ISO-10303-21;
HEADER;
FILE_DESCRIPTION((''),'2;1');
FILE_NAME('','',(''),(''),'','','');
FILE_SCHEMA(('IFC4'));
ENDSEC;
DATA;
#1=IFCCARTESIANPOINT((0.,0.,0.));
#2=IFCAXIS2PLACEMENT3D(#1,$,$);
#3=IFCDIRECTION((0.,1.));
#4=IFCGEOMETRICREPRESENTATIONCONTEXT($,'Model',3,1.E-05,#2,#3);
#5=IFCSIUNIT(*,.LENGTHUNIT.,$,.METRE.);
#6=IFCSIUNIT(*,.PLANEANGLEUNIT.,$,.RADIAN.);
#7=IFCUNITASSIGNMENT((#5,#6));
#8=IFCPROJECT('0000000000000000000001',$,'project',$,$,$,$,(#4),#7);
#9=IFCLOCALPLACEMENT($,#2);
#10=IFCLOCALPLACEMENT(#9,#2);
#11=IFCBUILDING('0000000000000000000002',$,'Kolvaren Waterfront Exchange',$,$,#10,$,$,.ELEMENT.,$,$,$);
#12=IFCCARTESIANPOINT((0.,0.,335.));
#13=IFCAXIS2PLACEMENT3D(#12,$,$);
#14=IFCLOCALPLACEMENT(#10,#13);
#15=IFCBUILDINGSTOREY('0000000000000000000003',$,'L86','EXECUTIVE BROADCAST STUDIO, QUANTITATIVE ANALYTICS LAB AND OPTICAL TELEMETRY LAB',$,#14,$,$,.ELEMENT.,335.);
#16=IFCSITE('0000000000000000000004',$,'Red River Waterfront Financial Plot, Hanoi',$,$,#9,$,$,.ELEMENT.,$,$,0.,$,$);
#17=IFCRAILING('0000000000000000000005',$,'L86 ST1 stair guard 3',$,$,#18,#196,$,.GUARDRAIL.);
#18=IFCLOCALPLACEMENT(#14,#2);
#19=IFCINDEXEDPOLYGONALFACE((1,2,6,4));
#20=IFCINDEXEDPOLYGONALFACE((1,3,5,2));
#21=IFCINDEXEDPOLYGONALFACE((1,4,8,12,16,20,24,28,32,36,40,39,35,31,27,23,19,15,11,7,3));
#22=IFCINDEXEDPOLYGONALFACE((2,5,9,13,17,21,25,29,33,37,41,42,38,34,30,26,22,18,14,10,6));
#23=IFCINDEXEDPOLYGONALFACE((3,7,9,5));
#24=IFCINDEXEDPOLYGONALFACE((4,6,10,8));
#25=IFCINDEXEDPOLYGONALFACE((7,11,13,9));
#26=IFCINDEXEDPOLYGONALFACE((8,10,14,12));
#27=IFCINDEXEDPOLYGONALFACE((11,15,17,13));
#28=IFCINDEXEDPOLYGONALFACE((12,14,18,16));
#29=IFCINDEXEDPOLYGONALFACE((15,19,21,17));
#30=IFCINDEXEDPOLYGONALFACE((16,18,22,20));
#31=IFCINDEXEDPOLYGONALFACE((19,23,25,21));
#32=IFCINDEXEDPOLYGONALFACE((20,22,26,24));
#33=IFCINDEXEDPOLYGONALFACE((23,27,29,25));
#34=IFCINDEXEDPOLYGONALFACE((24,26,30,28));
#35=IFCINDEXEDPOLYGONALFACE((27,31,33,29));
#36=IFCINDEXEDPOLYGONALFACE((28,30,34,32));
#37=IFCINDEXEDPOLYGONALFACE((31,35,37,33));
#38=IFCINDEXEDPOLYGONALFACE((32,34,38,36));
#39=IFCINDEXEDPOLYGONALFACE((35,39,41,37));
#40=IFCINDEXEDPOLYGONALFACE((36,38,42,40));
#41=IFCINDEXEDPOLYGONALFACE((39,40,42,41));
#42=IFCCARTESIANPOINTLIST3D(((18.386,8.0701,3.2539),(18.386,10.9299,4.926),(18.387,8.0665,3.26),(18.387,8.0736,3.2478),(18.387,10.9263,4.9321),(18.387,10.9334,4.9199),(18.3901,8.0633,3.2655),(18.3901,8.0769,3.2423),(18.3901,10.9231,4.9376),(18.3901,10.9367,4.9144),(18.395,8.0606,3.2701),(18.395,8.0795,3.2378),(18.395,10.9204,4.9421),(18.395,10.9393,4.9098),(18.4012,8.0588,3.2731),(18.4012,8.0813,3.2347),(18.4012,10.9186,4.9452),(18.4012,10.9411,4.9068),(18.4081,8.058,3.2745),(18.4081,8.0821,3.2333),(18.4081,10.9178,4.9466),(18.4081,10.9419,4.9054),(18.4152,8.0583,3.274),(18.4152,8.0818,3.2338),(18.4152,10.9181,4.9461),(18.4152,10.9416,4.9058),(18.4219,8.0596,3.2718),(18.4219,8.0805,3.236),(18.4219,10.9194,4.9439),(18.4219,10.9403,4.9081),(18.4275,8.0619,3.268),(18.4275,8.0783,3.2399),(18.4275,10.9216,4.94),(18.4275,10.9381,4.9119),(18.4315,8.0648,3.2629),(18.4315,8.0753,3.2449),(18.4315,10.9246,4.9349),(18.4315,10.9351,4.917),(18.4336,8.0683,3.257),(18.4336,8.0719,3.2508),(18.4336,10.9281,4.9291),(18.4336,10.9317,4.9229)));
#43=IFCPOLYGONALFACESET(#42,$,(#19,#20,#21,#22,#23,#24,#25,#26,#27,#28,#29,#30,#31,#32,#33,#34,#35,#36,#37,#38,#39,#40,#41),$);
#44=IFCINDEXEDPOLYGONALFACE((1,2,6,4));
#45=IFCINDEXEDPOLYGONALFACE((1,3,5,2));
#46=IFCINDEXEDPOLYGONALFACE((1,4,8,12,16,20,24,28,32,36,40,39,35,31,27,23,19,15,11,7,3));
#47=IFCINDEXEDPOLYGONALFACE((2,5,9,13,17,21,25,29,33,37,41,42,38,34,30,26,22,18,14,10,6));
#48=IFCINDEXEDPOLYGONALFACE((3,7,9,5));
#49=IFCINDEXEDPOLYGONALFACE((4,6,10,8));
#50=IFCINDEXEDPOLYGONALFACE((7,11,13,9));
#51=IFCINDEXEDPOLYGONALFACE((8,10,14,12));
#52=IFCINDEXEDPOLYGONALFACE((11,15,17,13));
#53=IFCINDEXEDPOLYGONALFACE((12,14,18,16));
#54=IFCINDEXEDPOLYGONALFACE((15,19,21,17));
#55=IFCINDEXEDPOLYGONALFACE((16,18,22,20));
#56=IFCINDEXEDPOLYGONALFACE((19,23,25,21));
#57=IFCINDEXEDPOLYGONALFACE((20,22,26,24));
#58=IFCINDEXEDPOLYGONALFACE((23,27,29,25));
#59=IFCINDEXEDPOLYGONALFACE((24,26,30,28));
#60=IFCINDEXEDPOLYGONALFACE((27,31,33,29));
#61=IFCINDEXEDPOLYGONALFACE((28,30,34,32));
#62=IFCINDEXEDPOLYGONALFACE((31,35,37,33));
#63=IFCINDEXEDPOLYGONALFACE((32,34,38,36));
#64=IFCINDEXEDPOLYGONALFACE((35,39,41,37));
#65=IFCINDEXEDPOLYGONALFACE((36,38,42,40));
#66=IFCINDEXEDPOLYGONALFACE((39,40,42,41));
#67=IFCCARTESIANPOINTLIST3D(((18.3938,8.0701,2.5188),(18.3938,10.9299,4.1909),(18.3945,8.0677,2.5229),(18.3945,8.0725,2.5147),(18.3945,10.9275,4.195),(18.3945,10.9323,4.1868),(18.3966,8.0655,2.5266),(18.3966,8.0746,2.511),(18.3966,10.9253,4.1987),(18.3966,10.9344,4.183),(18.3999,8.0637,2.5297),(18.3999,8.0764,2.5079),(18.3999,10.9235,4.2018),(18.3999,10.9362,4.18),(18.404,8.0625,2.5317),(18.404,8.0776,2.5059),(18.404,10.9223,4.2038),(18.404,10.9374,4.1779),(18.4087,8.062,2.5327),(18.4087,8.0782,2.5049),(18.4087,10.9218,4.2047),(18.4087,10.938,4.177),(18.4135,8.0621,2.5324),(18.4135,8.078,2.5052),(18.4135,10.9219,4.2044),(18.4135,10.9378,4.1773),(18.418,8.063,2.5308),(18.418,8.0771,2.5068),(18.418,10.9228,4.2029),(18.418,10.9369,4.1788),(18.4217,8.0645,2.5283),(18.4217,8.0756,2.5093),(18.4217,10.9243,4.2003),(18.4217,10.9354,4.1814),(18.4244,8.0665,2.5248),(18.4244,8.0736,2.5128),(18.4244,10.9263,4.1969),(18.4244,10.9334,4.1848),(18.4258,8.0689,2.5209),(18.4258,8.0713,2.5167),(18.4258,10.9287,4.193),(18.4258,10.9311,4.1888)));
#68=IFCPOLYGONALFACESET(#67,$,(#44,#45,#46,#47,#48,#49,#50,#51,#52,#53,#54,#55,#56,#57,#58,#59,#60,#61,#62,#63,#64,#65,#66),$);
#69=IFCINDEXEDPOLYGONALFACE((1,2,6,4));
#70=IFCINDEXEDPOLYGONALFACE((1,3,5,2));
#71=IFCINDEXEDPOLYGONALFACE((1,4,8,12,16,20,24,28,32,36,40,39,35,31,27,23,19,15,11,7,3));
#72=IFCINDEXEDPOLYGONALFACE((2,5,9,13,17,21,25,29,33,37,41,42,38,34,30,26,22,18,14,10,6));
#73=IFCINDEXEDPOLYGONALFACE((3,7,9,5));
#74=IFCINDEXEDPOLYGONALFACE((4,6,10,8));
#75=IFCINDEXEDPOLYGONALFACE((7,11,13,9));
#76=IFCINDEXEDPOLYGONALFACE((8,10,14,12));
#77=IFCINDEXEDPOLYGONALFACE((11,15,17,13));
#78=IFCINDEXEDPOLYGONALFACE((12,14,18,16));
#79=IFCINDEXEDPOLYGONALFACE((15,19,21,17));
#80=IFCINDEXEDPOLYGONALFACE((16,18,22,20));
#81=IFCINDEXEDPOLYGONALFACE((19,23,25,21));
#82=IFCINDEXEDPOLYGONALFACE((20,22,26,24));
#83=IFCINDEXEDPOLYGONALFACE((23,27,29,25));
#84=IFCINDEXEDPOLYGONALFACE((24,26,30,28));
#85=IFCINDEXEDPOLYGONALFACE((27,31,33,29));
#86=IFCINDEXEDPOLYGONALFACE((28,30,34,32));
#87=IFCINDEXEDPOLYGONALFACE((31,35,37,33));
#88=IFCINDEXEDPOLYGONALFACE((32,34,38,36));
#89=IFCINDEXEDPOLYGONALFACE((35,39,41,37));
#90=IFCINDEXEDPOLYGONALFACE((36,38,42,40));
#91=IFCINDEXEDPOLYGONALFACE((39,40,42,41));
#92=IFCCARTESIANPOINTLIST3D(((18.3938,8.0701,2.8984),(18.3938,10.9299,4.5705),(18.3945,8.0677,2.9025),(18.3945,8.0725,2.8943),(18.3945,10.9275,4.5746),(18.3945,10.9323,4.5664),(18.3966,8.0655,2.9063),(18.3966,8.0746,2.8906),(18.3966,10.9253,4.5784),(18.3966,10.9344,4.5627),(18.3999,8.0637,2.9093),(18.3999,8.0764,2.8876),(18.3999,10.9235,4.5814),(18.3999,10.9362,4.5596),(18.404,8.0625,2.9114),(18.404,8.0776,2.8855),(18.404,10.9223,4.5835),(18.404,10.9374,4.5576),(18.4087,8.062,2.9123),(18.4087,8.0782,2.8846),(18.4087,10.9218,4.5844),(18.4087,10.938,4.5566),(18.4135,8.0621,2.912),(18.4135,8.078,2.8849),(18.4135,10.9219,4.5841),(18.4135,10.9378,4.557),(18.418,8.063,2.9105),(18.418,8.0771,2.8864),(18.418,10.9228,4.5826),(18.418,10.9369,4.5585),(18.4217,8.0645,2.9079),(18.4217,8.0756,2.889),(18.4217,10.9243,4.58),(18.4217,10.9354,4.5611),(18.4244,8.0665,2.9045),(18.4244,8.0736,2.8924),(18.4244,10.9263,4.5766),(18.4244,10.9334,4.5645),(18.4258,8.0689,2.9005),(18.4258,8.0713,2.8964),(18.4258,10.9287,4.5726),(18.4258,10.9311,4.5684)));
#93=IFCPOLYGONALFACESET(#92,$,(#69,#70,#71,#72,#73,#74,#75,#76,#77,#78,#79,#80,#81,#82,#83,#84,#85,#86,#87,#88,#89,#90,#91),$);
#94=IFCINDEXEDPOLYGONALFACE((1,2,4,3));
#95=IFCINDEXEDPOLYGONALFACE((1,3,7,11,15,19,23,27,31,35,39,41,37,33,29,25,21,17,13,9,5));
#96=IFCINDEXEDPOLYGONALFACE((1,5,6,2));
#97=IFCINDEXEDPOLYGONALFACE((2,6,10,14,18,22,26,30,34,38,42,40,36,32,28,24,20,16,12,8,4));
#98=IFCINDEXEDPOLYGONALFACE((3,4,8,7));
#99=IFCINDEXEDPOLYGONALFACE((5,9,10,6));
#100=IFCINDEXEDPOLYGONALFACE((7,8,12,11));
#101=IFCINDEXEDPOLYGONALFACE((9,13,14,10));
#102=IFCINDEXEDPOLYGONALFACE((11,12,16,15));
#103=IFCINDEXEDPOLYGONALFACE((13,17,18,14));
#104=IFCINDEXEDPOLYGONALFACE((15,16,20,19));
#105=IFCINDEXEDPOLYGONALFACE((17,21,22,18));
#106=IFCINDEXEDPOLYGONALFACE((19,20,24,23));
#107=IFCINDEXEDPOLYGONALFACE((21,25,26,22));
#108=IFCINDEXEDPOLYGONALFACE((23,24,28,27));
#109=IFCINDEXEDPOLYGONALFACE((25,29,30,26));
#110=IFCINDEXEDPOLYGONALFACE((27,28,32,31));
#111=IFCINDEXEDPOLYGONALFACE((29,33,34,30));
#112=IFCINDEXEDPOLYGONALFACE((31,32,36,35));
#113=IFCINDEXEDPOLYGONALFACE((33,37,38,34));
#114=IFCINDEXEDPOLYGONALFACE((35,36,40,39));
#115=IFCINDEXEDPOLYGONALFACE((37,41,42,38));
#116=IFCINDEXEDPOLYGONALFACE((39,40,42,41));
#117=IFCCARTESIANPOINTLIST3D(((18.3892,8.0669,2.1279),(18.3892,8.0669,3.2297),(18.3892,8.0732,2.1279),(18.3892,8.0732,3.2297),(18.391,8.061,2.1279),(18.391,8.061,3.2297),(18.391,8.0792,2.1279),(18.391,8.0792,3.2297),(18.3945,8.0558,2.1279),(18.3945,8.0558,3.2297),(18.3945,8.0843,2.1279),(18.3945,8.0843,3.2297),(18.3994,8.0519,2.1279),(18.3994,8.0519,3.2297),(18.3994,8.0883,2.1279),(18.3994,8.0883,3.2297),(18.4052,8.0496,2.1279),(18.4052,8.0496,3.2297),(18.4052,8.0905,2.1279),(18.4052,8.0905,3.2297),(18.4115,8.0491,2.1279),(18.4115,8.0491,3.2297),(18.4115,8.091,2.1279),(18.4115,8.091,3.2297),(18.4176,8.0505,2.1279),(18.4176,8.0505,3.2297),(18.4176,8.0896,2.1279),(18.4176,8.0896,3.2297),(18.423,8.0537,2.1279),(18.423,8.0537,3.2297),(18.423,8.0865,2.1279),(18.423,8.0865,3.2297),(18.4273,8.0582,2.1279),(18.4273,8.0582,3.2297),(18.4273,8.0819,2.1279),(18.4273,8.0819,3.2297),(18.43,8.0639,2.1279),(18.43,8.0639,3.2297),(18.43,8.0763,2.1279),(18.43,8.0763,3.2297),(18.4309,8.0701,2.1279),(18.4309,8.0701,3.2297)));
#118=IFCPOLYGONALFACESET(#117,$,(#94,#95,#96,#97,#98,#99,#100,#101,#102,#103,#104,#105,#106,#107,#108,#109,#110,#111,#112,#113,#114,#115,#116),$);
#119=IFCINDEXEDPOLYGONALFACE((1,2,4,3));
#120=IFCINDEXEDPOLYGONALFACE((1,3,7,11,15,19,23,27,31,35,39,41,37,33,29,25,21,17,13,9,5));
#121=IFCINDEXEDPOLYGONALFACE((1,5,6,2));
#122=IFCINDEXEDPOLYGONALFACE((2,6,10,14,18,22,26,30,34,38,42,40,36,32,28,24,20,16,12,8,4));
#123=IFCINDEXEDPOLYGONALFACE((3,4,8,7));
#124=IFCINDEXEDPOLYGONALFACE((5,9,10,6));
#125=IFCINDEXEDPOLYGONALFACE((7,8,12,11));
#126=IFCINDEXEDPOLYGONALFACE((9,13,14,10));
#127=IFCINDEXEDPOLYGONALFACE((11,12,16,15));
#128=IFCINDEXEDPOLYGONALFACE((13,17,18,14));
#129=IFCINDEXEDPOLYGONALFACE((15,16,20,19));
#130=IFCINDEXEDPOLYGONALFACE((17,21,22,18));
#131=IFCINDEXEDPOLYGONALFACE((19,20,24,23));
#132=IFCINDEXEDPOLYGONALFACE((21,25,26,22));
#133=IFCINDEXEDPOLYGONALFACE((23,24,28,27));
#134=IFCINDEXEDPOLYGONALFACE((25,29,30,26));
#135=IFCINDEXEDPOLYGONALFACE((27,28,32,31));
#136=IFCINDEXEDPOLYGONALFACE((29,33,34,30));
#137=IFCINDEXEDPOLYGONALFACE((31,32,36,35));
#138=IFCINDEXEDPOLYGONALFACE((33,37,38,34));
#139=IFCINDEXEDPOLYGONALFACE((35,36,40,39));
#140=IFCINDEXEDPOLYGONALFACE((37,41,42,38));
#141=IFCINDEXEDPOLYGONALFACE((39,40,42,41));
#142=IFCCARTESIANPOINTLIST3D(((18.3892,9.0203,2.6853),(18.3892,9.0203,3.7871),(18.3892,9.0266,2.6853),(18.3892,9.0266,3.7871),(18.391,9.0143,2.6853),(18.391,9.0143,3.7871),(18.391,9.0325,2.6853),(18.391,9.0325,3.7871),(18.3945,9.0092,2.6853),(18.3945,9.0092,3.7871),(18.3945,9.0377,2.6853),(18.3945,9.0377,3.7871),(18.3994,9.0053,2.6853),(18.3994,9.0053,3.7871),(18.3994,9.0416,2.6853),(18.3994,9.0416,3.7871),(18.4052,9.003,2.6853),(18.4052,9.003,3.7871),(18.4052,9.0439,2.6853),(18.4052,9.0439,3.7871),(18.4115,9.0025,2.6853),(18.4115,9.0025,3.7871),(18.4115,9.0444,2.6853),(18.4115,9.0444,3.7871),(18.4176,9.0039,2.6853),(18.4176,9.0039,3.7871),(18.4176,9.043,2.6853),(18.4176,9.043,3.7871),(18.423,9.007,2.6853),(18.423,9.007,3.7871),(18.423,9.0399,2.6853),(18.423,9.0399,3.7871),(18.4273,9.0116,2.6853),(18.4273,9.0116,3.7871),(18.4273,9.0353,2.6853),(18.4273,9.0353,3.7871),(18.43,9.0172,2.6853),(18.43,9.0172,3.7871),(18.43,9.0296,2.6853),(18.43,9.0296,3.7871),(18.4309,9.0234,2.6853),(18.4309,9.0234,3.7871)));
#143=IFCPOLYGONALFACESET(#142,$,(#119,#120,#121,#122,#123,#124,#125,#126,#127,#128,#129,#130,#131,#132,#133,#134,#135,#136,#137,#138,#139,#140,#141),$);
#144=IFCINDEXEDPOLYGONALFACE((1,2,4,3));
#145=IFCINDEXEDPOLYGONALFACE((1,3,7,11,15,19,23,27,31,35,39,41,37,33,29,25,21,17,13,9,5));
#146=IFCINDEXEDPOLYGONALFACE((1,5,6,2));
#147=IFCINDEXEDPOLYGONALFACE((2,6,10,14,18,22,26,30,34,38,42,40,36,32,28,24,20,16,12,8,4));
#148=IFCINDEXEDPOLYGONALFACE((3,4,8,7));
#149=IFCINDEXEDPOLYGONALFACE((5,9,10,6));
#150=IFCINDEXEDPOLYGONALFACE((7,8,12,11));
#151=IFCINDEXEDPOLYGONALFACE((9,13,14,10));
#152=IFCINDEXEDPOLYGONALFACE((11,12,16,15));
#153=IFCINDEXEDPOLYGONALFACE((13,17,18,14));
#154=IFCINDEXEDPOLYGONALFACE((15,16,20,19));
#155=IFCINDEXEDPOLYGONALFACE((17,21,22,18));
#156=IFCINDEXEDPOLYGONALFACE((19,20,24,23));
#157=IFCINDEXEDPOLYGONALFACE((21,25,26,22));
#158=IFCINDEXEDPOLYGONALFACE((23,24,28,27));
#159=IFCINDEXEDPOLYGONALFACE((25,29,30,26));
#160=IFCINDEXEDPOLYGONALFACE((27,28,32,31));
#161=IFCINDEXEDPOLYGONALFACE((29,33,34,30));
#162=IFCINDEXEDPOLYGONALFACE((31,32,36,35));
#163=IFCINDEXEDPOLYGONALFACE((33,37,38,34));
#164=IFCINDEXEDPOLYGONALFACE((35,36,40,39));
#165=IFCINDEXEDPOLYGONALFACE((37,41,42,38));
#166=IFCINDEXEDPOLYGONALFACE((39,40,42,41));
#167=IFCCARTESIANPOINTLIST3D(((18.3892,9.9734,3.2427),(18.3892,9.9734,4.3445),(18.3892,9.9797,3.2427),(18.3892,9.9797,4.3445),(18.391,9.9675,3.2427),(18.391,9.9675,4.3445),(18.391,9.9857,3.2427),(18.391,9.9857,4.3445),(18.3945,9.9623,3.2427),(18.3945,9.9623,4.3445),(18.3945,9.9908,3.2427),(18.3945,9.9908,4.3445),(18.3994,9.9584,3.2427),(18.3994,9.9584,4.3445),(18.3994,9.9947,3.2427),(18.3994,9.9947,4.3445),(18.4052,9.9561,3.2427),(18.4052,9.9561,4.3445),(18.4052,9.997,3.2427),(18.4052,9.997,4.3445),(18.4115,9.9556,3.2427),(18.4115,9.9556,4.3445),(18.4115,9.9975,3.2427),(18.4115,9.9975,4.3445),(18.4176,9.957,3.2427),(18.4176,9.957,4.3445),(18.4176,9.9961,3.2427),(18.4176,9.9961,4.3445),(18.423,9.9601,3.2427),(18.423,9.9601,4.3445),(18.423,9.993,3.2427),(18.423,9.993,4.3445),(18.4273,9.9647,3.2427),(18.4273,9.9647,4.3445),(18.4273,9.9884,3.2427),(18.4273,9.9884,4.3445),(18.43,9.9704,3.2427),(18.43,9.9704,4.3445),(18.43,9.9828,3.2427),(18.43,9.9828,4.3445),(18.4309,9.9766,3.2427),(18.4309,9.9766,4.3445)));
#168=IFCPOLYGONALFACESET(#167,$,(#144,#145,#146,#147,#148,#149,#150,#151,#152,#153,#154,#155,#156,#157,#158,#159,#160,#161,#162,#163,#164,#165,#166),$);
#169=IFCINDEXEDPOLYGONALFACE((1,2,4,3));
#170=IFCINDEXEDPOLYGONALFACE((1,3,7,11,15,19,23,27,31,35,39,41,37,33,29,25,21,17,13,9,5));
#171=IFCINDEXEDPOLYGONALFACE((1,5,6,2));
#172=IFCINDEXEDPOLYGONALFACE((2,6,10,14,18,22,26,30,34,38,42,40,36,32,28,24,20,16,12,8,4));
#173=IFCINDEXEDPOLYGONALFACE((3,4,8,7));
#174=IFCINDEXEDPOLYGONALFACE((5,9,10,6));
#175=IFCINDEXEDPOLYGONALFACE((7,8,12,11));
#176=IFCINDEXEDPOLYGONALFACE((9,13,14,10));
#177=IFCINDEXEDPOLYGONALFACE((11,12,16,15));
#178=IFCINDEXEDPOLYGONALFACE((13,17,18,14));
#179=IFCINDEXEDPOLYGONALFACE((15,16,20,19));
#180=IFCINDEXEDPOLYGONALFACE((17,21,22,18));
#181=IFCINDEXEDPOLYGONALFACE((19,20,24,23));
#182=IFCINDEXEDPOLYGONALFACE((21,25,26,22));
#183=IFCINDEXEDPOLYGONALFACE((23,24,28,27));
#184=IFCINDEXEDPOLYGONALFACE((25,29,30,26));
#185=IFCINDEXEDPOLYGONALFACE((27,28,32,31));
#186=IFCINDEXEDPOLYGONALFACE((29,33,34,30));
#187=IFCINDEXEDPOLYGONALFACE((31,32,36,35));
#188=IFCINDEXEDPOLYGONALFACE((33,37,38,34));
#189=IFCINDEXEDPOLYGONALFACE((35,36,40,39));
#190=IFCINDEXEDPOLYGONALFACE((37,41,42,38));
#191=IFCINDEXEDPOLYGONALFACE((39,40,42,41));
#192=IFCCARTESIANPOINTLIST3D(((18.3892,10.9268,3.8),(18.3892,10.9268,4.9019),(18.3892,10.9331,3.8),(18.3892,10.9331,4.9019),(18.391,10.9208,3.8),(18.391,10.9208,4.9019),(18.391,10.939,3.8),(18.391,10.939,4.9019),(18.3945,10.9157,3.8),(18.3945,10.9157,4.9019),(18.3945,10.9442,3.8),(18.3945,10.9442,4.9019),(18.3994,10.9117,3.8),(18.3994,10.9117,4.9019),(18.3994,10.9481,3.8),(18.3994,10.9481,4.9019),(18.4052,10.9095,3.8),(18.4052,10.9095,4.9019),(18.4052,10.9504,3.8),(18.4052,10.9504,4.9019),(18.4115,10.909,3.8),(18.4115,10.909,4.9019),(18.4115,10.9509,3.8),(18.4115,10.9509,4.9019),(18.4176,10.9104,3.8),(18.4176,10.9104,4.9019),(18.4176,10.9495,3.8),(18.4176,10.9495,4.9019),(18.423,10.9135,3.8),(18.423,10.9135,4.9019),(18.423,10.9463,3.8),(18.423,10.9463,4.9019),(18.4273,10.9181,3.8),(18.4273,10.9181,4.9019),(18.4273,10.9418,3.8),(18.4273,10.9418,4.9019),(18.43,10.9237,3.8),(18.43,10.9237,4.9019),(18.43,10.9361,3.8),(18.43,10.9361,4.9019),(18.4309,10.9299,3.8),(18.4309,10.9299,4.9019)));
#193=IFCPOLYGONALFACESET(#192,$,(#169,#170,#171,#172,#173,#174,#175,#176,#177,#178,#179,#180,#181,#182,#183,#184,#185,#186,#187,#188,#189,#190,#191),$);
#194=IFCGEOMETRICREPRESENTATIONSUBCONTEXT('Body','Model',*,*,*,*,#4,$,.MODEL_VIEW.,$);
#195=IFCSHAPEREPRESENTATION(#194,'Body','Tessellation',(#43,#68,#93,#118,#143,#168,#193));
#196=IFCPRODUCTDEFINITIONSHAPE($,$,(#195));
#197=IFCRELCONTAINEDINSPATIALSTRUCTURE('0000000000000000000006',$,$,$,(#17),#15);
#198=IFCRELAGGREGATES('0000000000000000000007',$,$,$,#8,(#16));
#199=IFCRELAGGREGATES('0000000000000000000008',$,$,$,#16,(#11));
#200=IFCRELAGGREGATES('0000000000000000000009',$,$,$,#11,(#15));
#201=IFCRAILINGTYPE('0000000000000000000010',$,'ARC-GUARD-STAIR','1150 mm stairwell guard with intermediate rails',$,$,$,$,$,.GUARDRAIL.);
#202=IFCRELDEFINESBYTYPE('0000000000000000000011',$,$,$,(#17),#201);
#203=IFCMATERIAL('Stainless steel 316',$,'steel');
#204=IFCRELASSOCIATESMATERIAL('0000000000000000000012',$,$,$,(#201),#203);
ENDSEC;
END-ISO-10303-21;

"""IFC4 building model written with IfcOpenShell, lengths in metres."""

from ifc_helpers import new_model, si_unit, direction, frame, origin, origin_2d, place, context, subcontext, project, spatial, circle, extrude, material, type_object, element, save


model = new_model("IFC4")

# Units and contexts
model_context = context("Model", 3, precision=1e-05, world=origin(), true_north=direction((0.0, 1.0)))
body_context = subcontext(model_context, "Body", "Model", "MODEL_VIEW")
ifc_project = project(units=[si_unit("LENGTHUNIT", "METRE"), si_unit("PLANEANGLEUNIT", "RADIAN")], contexts=[model_context])

# Site, building, storey
site_placement = place(None, origin())
site = spatial("IfcSite", under=ifc_project, at=site_placement, Name="Red River Waterfront Financial Plot, Hanoi", CompositionType="ELEMENT", RefElevation=0.0)
building_placement = place(site_placement, origin())
building = spatial("IfcBuilding", under=site, at=building_placement, Name="Kolvaren Waterfront Exchange", CompositionType="ELEMENT")
storey_placement = place(building_placement, frame((0.0, 0.0, 335.0)))
storey = spatial("IfcBuildingStorey", under=building, at=storey_placement, Name="L86", Description="EXECUTIVE BROADCAST STUDIO, QUANTITATIVE ANALYTICS LAB AND OPTICAL TELEMETRY LAB", CompositionType="ELEMENT", Elevation=335.0)

# Railing
ifc_material_1 = material(Name="Stainless steel 316", Category="steel")
railing_type_1 = type_object("IfcRailingType", Name="ARC-GUARD-STAIR", Description="1150 mm stairwell guard with intermediate rails", PredefinedType="GUARDRAIL", material=ifc_material_1)
railing_1_placement = place(storey_placement, frame((18.4099, 8.0701, 2.1279)))
element("IfcRailing", 1, at=railing_1_placement, inside=storey, type_object=railing_type_1, Name="L86 ST1 stair guard 3", PredefinedType="GUARDRAIL", context=body_context, shape_type="SweptSolid", body=[
    extrude(circle(Radius=0.0239, at=origin_2d()), frame((0.0, 0.0, 1.126), z_axis=(0.0, 0.863271, 0.504741), x_axis=(-1.0, 0.0, 0.0)), (0.0, 0.0, 1.0), 3.3127),
    extrude(circle(Radius=0.0161, at=origin_2d()), frame((0.0, 0.0, 0.3909), z_axis=(0.0, 0.863271, 0.504741), x_axis=(-1.0, 0.0, 0.0)), (0.0, 0.0, 1.0), 3.3127),
    extrude(circle(Radius=0.0161, at=origin_2d()), frame((0.0, 0.0, 0.7705), z_axis=(0.0, 0.863271, 0.504741), x_axis=(-1.0, 0.0, 0.0)), (0.0, 0.0, 1.0), 3.3127),
    extrude(circle(Radius=0.021, at=origin_2d()), origin(), (0.0, 0.0, 1.0), 1.1018),
    extrude(circle(Radius=0.021, at=origin_2d()), frame((0.0, 0.9534, 0.5574)), (0.0, 0.0, 1.0), 1.1018),
    extrude(circle(Radius=0.021, at=origin_2d()), frame((0.0, 1.9065, 1.1147)), (0.0, 0.0, 1.0), 1.1018),
    extrude(circle(Radius=0.021, at=origin_2d()), frame((0.0, 2.8599, 1.6721)), (0.0, 0.0, 1.0), 1.1018),
])

save(model, "model.ifc")
